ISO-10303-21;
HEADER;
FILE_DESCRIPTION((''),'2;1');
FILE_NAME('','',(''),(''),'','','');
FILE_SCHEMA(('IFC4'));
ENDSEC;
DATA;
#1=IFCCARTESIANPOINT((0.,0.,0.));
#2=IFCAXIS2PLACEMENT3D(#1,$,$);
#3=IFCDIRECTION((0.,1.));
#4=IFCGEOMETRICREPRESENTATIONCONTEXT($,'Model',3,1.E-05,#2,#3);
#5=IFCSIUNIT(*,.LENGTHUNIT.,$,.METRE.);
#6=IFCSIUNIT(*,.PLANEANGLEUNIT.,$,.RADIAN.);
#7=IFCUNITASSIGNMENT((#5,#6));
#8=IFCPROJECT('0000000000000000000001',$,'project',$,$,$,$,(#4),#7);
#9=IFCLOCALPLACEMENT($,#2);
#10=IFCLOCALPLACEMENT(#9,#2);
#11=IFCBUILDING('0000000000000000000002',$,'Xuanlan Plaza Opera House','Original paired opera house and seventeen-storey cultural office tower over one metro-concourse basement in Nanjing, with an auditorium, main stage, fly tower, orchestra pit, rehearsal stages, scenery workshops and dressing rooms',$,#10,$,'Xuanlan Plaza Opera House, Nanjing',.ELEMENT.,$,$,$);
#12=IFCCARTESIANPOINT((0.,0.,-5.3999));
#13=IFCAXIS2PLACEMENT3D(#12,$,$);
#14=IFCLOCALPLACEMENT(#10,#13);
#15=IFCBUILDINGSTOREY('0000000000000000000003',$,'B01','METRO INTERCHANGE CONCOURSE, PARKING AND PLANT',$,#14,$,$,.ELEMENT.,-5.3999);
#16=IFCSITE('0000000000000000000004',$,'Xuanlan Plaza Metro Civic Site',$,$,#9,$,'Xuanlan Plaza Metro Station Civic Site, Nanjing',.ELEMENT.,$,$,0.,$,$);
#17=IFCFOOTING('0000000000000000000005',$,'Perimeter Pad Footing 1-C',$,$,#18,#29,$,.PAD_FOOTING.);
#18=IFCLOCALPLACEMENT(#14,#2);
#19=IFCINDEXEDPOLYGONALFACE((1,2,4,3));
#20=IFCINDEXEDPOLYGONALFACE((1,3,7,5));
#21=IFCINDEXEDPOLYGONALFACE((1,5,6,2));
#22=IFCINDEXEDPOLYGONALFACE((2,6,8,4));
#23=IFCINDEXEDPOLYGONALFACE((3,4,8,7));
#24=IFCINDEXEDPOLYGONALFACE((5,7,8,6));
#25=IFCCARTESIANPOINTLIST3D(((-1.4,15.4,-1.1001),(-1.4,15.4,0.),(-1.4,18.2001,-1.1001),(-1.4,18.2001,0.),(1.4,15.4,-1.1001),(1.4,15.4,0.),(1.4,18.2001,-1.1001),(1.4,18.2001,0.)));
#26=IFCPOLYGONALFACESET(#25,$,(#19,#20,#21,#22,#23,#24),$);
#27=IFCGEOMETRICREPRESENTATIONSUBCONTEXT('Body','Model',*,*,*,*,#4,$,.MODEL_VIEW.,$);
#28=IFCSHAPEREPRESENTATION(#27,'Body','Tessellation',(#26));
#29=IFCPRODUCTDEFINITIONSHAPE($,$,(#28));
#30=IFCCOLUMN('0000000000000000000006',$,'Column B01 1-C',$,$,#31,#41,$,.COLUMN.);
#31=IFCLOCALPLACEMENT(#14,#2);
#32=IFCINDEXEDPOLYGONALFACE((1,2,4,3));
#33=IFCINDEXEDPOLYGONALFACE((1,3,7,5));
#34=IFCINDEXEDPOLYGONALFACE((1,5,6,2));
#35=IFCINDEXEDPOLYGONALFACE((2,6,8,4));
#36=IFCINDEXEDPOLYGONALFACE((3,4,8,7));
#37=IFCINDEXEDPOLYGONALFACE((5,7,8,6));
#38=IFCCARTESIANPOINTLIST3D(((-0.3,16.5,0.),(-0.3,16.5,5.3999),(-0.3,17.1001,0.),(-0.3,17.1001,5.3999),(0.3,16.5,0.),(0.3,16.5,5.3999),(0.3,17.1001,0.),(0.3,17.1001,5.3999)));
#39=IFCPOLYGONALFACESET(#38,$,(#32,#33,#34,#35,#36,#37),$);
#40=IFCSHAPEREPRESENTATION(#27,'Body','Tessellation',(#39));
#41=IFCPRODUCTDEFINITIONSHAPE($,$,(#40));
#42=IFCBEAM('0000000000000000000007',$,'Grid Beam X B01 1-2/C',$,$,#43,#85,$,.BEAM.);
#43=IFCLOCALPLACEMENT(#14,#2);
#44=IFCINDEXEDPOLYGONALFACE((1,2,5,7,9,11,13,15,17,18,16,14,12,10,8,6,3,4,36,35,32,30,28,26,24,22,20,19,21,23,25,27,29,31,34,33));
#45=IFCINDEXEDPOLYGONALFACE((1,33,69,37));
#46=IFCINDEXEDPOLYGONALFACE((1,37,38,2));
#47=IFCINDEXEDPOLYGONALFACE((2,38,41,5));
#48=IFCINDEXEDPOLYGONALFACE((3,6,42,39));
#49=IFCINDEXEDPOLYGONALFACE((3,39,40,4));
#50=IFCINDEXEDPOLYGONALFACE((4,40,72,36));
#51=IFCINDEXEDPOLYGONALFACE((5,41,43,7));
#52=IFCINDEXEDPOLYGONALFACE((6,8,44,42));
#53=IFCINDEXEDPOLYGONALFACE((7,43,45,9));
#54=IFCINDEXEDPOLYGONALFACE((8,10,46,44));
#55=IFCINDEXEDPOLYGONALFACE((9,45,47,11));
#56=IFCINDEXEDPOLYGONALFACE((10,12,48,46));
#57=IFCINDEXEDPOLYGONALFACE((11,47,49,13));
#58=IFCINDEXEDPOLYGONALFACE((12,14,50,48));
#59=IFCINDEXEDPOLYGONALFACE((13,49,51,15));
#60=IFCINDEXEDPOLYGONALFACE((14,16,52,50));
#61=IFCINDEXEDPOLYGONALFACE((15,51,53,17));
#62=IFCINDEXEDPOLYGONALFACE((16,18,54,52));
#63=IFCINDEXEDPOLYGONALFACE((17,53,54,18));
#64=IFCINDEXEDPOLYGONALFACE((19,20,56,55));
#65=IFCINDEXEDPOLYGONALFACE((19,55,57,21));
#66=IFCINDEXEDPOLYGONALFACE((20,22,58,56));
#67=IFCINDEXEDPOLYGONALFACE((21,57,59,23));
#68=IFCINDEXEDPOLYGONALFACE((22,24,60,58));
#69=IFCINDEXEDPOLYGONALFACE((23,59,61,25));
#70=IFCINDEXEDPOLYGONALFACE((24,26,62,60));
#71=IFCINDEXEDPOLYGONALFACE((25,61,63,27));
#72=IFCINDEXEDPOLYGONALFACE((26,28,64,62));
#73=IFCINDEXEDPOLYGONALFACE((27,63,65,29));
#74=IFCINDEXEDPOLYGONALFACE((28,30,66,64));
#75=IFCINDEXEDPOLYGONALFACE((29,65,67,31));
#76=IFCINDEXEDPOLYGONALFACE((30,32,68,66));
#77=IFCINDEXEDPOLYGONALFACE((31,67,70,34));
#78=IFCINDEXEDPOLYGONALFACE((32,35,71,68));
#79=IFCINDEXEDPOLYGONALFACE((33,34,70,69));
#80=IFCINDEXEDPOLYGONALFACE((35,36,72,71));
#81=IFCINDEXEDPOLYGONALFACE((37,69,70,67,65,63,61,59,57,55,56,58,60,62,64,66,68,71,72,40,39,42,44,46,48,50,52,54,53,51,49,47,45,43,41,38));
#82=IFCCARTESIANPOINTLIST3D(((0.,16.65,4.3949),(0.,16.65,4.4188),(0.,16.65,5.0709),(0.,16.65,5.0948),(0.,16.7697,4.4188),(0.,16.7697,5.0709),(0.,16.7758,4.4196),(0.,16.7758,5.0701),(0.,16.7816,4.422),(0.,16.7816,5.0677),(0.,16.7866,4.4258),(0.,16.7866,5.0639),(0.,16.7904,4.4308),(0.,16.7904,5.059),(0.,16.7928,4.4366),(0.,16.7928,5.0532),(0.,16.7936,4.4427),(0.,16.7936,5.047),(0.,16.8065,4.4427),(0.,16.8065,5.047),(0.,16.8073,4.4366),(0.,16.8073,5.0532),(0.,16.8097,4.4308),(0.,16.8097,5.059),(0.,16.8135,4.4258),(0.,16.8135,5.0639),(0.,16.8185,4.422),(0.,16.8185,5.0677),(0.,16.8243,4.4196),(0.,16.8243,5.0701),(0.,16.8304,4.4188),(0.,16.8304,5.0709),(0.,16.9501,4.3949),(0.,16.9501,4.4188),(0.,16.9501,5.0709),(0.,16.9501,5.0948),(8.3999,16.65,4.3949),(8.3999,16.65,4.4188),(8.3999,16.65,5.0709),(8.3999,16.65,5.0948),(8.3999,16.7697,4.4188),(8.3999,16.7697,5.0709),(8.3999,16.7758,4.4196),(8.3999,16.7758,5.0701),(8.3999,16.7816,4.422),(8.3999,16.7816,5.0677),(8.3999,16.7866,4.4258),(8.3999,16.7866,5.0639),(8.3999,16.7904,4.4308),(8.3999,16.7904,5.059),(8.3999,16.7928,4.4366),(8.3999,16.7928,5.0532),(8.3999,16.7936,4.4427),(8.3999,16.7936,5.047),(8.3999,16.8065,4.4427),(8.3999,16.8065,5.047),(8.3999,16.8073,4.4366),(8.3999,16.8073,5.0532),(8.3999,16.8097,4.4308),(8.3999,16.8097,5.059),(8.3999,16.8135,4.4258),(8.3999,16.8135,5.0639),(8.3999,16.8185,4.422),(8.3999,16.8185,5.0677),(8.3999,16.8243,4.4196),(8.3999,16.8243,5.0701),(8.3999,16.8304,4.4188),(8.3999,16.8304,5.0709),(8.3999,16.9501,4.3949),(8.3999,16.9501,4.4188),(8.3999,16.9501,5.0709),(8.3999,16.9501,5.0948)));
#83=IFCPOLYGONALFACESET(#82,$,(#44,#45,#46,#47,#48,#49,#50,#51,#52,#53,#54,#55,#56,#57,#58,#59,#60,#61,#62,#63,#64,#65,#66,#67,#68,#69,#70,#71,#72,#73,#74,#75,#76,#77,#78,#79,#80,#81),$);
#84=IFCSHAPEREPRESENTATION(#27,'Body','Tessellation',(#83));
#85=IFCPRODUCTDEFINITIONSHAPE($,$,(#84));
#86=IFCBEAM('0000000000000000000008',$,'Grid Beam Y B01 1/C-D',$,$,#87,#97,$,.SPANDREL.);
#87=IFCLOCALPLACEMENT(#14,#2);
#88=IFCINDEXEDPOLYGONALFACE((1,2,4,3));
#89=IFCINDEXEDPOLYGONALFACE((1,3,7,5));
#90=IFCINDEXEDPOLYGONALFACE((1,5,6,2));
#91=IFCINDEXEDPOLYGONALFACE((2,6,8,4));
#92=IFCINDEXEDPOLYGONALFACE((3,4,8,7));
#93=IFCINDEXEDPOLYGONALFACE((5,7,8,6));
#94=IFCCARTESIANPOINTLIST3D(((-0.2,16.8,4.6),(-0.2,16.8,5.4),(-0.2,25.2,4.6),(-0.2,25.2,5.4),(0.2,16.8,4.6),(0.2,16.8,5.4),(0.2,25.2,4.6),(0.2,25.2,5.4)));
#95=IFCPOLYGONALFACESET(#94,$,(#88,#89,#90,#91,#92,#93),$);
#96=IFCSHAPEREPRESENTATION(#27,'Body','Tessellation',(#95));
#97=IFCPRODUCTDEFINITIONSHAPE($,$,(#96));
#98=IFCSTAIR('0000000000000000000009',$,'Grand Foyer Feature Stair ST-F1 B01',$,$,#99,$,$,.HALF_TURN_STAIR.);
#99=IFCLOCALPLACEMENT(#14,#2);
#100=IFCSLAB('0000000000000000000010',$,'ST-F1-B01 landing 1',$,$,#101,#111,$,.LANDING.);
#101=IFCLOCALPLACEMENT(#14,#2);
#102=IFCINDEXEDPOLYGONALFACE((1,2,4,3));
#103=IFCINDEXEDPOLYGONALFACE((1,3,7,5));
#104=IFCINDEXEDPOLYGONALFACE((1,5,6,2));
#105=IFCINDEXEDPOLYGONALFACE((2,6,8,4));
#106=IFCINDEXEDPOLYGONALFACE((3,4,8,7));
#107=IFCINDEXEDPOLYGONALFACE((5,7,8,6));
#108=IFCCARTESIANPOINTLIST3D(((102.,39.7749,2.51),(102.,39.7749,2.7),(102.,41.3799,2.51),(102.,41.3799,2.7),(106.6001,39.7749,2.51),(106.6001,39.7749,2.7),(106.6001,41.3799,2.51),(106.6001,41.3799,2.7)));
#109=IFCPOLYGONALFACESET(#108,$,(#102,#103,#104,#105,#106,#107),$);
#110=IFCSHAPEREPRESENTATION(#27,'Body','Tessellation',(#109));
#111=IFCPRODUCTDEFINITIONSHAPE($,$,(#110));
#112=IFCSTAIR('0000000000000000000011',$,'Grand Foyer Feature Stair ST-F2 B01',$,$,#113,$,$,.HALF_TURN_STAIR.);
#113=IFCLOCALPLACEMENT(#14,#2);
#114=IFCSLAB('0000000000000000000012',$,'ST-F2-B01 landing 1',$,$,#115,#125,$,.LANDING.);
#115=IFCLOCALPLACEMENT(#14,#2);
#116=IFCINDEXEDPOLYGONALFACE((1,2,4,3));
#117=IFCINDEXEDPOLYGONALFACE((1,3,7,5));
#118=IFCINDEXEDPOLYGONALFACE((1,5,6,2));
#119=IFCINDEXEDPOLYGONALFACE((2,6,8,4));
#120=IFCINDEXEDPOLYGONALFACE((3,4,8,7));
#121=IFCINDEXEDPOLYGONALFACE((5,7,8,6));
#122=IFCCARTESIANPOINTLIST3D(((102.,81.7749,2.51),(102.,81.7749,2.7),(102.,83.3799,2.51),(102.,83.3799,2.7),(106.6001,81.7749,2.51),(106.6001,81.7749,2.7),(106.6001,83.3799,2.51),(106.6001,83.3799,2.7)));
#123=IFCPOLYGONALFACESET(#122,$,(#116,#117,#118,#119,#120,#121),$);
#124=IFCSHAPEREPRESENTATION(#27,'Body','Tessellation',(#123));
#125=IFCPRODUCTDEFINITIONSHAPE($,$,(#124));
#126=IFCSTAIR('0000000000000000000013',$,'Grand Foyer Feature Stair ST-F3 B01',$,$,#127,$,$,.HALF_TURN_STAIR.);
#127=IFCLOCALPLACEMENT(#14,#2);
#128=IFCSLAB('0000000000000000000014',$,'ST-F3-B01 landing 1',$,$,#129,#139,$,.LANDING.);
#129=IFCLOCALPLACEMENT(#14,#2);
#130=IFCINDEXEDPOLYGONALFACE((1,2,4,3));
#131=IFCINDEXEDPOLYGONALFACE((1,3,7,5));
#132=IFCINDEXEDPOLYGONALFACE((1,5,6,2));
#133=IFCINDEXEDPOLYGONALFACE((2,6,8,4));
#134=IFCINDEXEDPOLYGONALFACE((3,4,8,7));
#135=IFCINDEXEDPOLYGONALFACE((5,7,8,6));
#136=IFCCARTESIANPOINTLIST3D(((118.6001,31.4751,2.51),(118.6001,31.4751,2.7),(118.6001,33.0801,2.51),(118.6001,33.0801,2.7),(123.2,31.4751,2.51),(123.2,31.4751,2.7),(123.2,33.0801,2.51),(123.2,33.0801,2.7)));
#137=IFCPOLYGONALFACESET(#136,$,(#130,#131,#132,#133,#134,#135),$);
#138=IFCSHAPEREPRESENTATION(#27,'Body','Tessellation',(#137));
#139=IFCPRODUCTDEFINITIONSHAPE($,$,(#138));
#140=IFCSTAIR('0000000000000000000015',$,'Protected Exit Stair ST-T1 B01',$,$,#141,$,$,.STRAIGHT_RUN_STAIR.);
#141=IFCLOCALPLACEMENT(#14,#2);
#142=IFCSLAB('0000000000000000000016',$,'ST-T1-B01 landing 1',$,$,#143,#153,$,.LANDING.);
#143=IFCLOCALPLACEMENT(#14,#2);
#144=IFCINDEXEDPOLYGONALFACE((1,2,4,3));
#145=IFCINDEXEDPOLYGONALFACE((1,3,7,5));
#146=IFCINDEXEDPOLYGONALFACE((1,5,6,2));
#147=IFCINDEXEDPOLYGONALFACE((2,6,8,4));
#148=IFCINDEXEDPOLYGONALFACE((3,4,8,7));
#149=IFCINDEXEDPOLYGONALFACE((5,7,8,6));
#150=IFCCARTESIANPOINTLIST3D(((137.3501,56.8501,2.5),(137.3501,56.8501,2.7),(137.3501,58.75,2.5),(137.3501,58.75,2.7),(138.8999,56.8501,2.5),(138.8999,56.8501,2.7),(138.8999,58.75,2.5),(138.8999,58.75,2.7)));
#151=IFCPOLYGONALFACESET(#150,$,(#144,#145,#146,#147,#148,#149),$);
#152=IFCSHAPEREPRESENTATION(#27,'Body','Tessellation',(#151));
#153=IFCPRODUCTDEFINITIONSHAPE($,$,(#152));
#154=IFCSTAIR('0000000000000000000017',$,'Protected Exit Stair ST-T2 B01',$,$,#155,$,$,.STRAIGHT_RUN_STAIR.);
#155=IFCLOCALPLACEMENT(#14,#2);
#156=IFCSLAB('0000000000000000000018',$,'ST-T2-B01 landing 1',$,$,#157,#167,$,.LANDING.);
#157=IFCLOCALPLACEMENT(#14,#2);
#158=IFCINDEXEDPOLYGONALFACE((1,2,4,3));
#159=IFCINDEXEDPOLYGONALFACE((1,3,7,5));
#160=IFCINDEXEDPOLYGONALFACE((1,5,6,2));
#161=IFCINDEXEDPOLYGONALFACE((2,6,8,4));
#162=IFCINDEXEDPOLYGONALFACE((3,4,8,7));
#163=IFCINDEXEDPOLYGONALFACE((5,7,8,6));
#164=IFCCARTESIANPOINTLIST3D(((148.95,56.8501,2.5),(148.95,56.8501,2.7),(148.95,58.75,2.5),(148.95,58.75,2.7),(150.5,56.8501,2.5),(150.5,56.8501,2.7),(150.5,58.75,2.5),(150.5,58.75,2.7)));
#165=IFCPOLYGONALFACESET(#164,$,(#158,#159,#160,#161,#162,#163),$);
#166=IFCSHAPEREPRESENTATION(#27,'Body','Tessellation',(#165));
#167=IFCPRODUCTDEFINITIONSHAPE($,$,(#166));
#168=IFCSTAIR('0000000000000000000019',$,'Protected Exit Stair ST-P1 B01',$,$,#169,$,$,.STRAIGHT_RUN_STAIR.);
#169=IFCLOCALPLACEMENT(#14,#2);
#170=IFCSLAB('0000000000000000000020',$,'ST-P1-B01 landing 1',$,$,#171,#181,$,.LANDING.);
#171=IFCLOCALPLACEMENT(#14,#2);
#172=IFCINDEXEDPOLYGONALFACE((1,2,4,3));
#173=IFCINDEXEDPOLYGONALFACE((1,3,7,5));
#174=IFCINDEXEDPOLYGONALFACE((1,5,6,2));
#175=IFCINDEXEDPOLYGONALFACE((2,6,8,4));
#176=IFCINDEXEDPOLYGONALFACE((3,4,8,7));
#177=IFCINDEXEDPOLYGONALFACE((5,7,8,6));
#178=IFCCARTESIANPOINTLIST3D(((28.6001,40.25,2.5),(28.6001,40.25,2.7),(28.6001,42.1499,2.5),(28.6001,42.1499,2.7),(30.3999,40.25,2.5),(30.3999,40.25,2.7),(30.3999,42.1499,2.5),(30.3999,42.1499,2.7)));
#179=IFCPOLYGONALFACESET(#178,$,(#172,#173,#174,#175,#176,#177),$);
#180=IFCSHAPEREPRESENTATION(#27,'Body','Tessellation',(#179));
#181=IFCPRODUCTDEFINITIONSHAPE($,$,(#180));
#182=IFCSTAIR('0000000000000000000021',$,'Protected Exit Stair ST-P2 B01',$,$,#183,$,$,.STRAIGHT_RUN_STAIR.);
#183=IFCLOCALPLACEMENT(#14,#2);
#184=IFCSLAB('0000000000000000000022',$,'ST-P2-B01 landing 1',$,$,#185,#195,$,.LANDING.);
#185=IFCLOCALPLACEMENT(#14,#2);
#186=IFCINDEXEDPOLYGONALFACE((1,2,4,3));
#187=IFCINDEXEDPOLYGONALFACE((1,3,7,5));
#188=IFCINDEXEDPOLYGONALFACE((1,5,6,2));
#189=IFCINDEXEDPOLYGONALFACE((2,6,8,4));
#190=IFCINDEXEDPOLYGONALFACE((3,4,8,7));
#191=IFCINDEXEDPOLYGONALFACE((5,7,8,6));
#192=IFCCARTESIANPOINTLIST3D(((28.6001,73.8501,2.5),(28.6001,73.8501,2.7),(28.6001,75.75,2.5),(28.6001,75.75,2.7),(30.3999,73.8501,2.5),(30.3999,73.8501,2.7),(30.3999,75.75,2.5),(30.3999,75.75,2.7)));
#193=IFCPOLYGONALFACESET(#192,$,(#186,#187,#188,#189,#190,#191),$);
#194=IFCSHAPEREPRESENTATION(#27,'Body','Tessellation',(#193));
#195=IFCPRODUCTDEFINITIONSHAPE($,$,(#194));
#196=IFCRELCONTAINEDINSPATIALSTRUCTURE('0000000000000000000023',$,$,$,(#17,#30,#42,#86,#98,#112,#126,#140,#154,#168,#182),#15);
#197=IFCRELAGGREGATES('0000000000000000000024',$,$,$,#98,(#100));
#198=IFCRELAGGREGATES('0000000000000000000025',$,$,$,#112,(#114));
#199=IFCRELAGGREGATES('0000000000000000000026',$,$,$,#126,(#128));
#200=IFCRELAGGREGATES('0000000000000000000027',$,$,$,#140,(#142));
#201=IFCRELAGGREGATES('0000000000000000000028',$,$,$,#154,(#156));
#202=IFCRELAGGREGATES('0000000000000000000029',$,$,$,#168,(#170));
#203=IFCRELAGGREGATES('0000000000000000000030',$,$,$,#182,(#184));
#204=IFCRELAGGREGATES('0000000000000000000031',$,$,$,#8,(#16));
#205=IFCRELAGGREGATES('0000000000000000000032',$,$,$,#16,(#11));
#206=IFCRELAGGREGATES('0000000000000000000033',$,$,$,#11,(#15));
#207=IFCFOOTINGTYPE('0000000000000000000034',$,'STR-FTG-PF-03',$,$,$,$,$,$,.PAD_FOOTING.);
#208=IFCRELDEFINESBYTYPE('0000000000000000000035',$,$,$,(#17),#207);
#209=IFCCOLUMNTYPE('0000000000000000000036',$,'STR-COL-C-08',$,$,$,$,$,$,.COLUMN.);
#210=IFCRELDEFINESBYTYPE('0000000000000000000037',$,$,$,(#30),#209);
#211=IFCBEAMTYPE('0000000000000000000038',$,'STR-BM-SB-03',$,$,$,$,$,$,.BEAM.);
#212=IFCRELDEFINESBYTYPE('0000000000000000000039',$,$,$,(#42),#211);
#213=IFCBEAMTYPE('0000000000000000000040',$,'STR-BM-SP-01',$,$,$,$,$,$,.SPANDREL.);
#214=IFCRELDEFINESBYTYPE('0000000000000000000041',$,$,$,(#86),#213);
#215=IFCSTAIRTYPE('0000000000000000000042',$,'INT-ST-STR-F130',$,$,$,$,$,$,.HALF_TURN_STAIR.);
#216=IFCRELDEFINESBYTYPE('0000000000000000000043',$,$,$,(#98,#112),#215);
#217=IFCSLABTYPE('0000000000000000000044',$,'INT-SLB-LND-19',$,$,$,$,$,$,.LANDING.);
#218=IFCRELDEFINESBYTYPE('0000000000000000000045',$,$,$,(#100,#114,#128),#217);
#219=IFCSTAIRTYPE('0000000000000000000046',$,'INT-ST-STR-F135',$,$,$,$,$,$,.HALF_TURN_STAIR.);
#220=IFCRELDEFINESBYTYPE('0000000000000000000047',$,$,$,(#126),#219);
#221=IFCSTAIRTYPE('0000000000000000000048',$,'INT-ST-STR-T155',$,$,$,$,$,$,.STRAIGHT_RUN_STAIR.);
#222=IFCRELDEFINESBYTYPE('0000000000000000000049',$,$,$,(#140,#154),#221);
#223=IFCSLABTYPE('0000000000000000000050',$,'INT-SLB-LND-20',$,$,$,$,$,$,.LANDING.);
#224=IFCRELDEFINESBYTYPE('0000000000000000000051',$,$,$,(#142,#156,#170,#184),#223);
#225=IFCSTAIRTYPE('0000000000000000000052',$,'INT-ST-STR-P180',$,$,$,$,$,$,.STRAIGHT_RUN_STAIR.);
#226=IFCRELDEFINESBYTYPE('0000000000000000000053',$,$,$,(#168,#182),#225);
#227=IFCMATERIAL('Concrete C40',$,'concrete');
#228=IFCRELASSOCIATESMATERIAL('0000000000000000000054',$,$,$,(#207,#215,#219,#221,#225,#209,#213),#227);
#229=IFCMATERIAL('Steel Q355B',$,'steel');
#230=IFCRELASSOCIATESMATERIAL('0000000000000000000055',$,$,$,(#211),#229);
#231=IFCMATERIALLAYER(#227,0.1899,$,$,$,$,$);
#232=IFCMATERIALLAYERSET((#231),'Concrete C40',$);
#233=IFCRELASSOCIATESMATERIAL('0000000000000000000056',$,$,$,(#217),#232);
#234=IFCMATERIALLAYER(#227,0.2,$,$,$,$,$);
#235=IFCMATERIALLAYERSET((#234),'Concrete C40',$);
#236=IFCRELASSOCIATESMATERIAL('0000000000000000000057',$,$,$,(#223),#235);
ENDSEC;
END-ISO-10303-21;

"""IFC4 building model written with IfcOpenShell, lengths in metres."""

from ifc_helpers import new_model, si_unit, direction, frame, origin, origin_2d, place, context, subcontext, project, spatial, polyline, rectangle, i_section, outline, extrude, material, layer, layer_set, material_profile, profile_set, type_object, element, aggregate, save


model = new_model("IFC4")

# Units and contexts
model_context = context("Model", 3, precision=1e-05, world=origin(), true_north=direction((0.0, 1.0)))
body_context = subcontext(model_context, "Body", "Model", "MODEL_VIEW")
ifc_project = project(units=[si_unit("LENGTHUNIT", "METRE"), si_unit("PLANEANGLEUNIT", "RADIAN")], contexts=[model_context])

# Site, building, storey
site_placement = place(None, origin())
site = spatial("IfcSite", under=ifc_project, at=site_placement, Name="Xuanlan Plaza Metro Civic Site", LongName="Xuanlan Plaza Metro Station Civic Site, Nanjing", CompositionType="ELEMENT", RefElevation=0.0)
building_placement = place(site_placement, origin())
building = spatial("IfcBuilding", under=site, at=building_placement, Name="Xuanlan Plaza Opera House", Description="Original paired opera house and seventeen-storey cultural office tower over one metro-concourse basement in Nanjing, with an auditorium, main stage, fly tower, orchestra pit, rehearsal stages, scenery workshops and dressing rooms", LongName="Xuanlan Plaza Opera House, Nanjing", CompositionType="ELEMENT")
storey_placement = place(building_placement, frame((0.0, 0.0, -5.3999)))
storey = spatial("IfcBuildingStorey", under=building, at=storey_placement, Name="B01", Description="METRO INTERCHANGE CONCOURSE, PARKING AND PLANT", CompositionType="ELEMENT", Elevation=-5.3999)

# Footing
ifc_material_1 = material(Name="Concrete C40", Category="concrete")
footing_type = type_object("IfcFootingType", Name="STR-FTG-PF-03", PredefinedType="PAD_FOOTING", material=ifc_material_1)
footing_placement = place(storey_placement, frame((0.0, 16.8, -1.1001), z_axis=(0.0, 0.0, 1.0), x_axis=(1.0, 0.0, 0.0)))
element("IfcFooting", 1, at=footing_placement, inside=storey, type_object=footing_type, Name="Perimeter Pad Footing 1-C", PredefinedType="PAD_FOOTING", context=body_context, shape_type="SweptSolid", body=[
    extrude(rectangle(XDim=2.8, YDim=2.8, at=origin_2d()), origin(), (0.0, 0.0, 1.0), 1.1001),
])

# Column
ifc_material_profile_1 = material_profile(ifc_material_1, rectangle(XDim=0.6001, YDim=0.6001, at=origin_2d()), Name="RC-COL 600x600")
ifc_profile_set_1 = profile_set([ifc_material_profile_1], Name="Concrete C40")
column_type = type_object("IfcColumnType", Name="STR-COL-C-08", PredefinedType="COLUMN", material=ifc_profile_set_1)
column_placement = place(storey_placement, frame((0.0, 16.8, 0.0), z_axis=(0.0, 0.0, 1.0), x_axis=(1.0, 0.0, 0.0)))
element("IfcColumn", 2, at=column_placement, inside=storey, type_object=column_type, Name="Column B01 1-C", PredefinedType="COLUMN", context=body_context, shape_type="SweptSolid", body=[
    extrude(rectangle(XDim=0.6001, YDim=0.6001, at=origin_2d()), origin(), (0.0, 0.0, 1.0), 5.3999),
])

# Beams
ifc_material_2 = material(Name="Steel Q355B", Category="steel")
ifc_material_profile_2 = material_profile(ifc_material_2, i_section(OverallWidth=0.3, OverallDepth=0.7, WebThickness=0.0129, FlangeThickness=0.0239, FilletRadius=0.0239, at=origin_2d()), Name="HN 700x300x13x24")
ifc_profile_set_2 = profile_set([ifc_material_profile_2], Name="Steel Q355B")
beam_type_1 = type_object("IfcBeamType", Name="STR-BM-SB-03", PredefinedType="BEAM", material=ifc_profile_set_2)
beam_1_placement = place(storey_placement, frame((0.0, 16.8, 4.7449), z_axis=(1.0, 0.0, 0.0), x_axis=(0.0, 1.0, 0.0)))
element("IfcBeam", 3, at=beam_1_placement, inside=storey, type_object=beam_type_1, Name="Grid Beam X B01 1-2/C", PredefinedType="BEAM", context=body_context, shape_type="SweptSolid", body=[
    extrude(i_section(OverallWidth=0.3, OverallDepth=0.7, WebThickness=0.0129, FlangeThickness=0.0239, FilletRadius=0.0239, at=origin_2d()), origin(), (0.0, 0.0, 1.0), 8.3999),
])
ifc_material_profile_3 = material_profile(ifc_material_1, rectangle(XDim=0.3999, YDim=0.8, at=origin_2d()), Name="RC-SPD 400x800")
ifc_profile_set_3 = profile_set([ifc_material_profile_3], Name="Concrete C40")
beam_type_2 = type_object("IfcBeamType", Name="STR-BM-SP-01", PredefinedType="SPANDREL", material=ifc_profile_set_3)
beam_2_placement = place(storey_placement, frame((0.0, 16.8, 5.0), z_axis=(0.0, 1.0, 0.0), x_axis=(-1.0, 0.0, 0.0)))
element("IfcBeam", 4, at=beam_2_placement, inside=storey, type_object=beam_type_2, Name="Grid Beam Y B01 1/C-D", PredefinedType="SPANDREL", context=body_context, shape_type="SweptSolid", body=[
    extrude(rectangle(XDim=0.3999, YDim=0.8, at=origin_2d()), origin(), (0.0, 0.0, 1.0), 8.3999),
])

# Stairs, slabs
stair_type_1 = type_object("IfcStairType", Name="INT-ST-STR-F130", PredefinedType="HALF_TURN_STAIR", material=ifc_material_1)
stair_1_placement = place(storey_placement, origin())
stair_1 = element("IfcStair", 5, at=stair_1_placement, inside=storey, type_object=stair_type_1, Name="Grand Foyer Feature Stair ST-F1 B01", PredefinedType="HALF_TURN_STAIR")
ifc_layer_1 = layer(ifc_material_1, 0.1899)
ifc_layer_set_1 = layer_set([ifc_layer_1], Name="Concrete C40")
slab_type_1 = type_object("IfcSlabType", Name="INT-SLB-LND-19", PredefinedType="LANDING", material=ifc_layer_set_1)
slab_1_placement = place(storey_placement, frame((0.0, 0.0, 2.51)))
slab_1 = element("IfcSlab", 6, at=slab_1_placement, type_object=slab_type_1, Name="ST-F1-B01 landing 1", PredefinedType="LANDING", context=body_context, shape_type="SweptSolid", body=[
    extrude(outline(polyline([(102.0, 39.7749), (106.6001, 39.7749), (106.6001, 41.3799), (102.0, 41.3799), (102.0, 39.7749)])), origin(), (0.0, 0.0, 1.0), 0.1899),
])
aggregate(stair_1, [slab_1])
stair_2_placement = place(storey_placement, origin())
stair_2 = element("IfcStair", 7, at=stair_2_placement, inside=storey, type_object=stair_type_1, Name="Grand Foyer Feature Stair ST-F2 B01", PredefinedType="HALF_TURN_STAIR")
slab_2_placement = place(storey_placement, frame((0.0, 0.0, 2.51)))
slab_2 = element("IfcSlab", 8, at=slab_2_placement, type_object=slab_type_1, Name="ST-F2-B01 landing 1", PredefinedType="LANDING", context=body_context, shape_type="SweptSolid", body=[
    extrude(outline(polyline([(102.0, 81.7749), (106.6001, 81.7749), (106.6001, 83.3799), (102.0, 83.3799), (102.0, 81.7749)])), origin(), (0.0, 0.0, 1.0), 0.1899),
])
aggregate(stair_2, [slab_2])
stair_type_2 = type_object("IfcStairType", Name="INT-ST-STR-F135", PredefinedType="HALF_TURN_STAIR", material=ifc_material_1)
stair_3_placement = place(storey_placement, origin())
stair_3 = element("IfcStair", 9, at=stair_3_placement, inside=storey, type_object=stair_type_2, Name="Grand Foyer Feature Stair ST-F3 B01", PredefinedType="HALF_TURN_STAIR")
slab_3_placement = place(storey_placement, frame((0.0, 0.0, 2.51)))
slab_3 = element("IfcSlab", 10, at=slab_3_placement, type_object=slab_type_1, Name="ST-F3-B01 landing 1", PredefinedType="LANDING", context=body_context, shape_type="SweptSolid", body=[
    extrude(outline(polyline([(118.6001, 31.4751), (123.2, 31.4751), (123.2, 33.0801), (118.6001, 33.0801), (118.6001, 31.4751)])), origin(), (0.0, 0.0, 1.0), 0.1899),
])
aggregate(stair_3, [slab_3])
stair_type_3 = type_object("IfcStairType", Name="INT-ST-STR-T155", PredefinedType="STRAIGHT_RUN_STAIR", material=ifc_material_1)
stair_4_placement = place(storey_placement, origin())
stair_4 = element("IfcStair", 11, at=stair_4_placement, inside=storey, type_object=stair_type_3, Name="Protected Exit Stair ST-T1 B01", PredefinedType="STRAIGHT_RUN_STAIR")
ifc_layer_2 = layer(ifc_material_1, 0.2)
ifc_layer_set_2 = layer_set([ifc_layer_2], Name="Concrete C40")
slab_type_2 = type_object("IfcSlabType", Name="INT-SLB-LND-20", PredefinedType="LANDING", material=ifc_layer_set_2)
slab_4_placement = place(storey_placement, frame((0.0, 0.0, 2.5)))
slab_4 = element("IfcSlab", 12, at=slab_4_placement, type_object=slab_type_2, Name="ST-T1-B01 landing 1", PredefinedType="LANDING", context=body_context, shape_type="SweptSolid", body=[
    extrude(outline(polyline([(137.3501, 56.8501), (138.8999, 56.8501), (138.8999, 58.75), (137.3501, 58.75), (137.3501, 56.8501)])), origin(), (0.0, 0.0, 1.0), 0.2),
])
aggregate(stair_4, [slab_4])
stair_5_placement = place(storey_placement, origin())
stair_5 = element("IfcStair", 13, at=stair_5_placement, inside=storey, type_object=stair_type_3, Name="Protected Exit Stair ST-T2 B01", PredefinedType="STRAIGHT_RUN_STAIR")
slab_5_placement = place(storey_placement, frame((0.0, 0.0, 2.5)))
slab_5 = element("IfcSlab", 14, at=slab_5_placement, type_object=slab_type_2, Name="ST-T2-B01 landing 1", PredefinedType="LANDING", context=body_context, shape_type="SweptSolid", body=[
    extrude(outline(polyline([(148.95, 56.8501), (150.5, 56.8501), (150.5, 58.75), (148.95, 58.75), (148.95, 56.8501)])), origin(), (0.0, 0.0, 1.0), 0.2),
])
aggregate(stair_5, [slab_5])
stair_type_4 = type_object("IfcStairType", Name="INT-ST-STR-P180", PredefinedType="STRAIGHT_RUN_STAIR", material=ifc_material_1)
stair_6_placement = place(storey_placement, origin())
stair_6 = element("IfcStair", 15, at=stair_6_placement, inside=storey, type_object=stair_type_4, Name="Protected Exit Stair ST-P1 B01", PredefinedType="STRAIGHT_RUN_STAIR")
slab_6_placement = place(storey_placement, frame((0.0, 0.0, 2.5)))
slab_6 = element("IfcSlab", 16, at=slab_6_placement, type_object=slab_type_2, Name="ST-P1-B01 landing 1", PredefinedType="LANDING", context=body_context, shape_type="SweptSolid", body=[
    extrude(outline(polyline([(28.6001, 40.25), (30.3999, 40.25), (30.3999, 42.1499), (28.6001, 42.1499), (28.6001, 40.25)])), origin(), (0.0, 0.0, 1.0), 0.2),
])
aggregate(stair_6, [slab_6])
stair_7_placement = place(storey_placement, origin())
stair_7 = element("IfcStair", 17, at=stair_7_placement, inside=storey, type_object=stair_type_4, Name="Protected Exit Stair ST-P2 B01", PredefinedType="STRAIGHT_RUN_STAIR")
slab_7_placement = place(storey_placement, frame((0.0, 0.0, 2.5)))
slab_7 = element("IfcSlab", 18, at=slab_7_placement, type_object=slab_type_2, Name="ST-P2-B01 landing 1", PredefinedType="LANDING", context=body_context, shape_type="SweptSolid", body=[
    extrude(outline(polyline([(28.6001, 73.8501), (30.3999, 73.8501), (30.3999, 75.75), (28.6001, 75.75), (28.6001, 73.8501)])), origin(), (0.0, 0.0, 1.0), 0.2),
])
aggregate(stair_7, [slab_7])

save(model, "model.ifc")
